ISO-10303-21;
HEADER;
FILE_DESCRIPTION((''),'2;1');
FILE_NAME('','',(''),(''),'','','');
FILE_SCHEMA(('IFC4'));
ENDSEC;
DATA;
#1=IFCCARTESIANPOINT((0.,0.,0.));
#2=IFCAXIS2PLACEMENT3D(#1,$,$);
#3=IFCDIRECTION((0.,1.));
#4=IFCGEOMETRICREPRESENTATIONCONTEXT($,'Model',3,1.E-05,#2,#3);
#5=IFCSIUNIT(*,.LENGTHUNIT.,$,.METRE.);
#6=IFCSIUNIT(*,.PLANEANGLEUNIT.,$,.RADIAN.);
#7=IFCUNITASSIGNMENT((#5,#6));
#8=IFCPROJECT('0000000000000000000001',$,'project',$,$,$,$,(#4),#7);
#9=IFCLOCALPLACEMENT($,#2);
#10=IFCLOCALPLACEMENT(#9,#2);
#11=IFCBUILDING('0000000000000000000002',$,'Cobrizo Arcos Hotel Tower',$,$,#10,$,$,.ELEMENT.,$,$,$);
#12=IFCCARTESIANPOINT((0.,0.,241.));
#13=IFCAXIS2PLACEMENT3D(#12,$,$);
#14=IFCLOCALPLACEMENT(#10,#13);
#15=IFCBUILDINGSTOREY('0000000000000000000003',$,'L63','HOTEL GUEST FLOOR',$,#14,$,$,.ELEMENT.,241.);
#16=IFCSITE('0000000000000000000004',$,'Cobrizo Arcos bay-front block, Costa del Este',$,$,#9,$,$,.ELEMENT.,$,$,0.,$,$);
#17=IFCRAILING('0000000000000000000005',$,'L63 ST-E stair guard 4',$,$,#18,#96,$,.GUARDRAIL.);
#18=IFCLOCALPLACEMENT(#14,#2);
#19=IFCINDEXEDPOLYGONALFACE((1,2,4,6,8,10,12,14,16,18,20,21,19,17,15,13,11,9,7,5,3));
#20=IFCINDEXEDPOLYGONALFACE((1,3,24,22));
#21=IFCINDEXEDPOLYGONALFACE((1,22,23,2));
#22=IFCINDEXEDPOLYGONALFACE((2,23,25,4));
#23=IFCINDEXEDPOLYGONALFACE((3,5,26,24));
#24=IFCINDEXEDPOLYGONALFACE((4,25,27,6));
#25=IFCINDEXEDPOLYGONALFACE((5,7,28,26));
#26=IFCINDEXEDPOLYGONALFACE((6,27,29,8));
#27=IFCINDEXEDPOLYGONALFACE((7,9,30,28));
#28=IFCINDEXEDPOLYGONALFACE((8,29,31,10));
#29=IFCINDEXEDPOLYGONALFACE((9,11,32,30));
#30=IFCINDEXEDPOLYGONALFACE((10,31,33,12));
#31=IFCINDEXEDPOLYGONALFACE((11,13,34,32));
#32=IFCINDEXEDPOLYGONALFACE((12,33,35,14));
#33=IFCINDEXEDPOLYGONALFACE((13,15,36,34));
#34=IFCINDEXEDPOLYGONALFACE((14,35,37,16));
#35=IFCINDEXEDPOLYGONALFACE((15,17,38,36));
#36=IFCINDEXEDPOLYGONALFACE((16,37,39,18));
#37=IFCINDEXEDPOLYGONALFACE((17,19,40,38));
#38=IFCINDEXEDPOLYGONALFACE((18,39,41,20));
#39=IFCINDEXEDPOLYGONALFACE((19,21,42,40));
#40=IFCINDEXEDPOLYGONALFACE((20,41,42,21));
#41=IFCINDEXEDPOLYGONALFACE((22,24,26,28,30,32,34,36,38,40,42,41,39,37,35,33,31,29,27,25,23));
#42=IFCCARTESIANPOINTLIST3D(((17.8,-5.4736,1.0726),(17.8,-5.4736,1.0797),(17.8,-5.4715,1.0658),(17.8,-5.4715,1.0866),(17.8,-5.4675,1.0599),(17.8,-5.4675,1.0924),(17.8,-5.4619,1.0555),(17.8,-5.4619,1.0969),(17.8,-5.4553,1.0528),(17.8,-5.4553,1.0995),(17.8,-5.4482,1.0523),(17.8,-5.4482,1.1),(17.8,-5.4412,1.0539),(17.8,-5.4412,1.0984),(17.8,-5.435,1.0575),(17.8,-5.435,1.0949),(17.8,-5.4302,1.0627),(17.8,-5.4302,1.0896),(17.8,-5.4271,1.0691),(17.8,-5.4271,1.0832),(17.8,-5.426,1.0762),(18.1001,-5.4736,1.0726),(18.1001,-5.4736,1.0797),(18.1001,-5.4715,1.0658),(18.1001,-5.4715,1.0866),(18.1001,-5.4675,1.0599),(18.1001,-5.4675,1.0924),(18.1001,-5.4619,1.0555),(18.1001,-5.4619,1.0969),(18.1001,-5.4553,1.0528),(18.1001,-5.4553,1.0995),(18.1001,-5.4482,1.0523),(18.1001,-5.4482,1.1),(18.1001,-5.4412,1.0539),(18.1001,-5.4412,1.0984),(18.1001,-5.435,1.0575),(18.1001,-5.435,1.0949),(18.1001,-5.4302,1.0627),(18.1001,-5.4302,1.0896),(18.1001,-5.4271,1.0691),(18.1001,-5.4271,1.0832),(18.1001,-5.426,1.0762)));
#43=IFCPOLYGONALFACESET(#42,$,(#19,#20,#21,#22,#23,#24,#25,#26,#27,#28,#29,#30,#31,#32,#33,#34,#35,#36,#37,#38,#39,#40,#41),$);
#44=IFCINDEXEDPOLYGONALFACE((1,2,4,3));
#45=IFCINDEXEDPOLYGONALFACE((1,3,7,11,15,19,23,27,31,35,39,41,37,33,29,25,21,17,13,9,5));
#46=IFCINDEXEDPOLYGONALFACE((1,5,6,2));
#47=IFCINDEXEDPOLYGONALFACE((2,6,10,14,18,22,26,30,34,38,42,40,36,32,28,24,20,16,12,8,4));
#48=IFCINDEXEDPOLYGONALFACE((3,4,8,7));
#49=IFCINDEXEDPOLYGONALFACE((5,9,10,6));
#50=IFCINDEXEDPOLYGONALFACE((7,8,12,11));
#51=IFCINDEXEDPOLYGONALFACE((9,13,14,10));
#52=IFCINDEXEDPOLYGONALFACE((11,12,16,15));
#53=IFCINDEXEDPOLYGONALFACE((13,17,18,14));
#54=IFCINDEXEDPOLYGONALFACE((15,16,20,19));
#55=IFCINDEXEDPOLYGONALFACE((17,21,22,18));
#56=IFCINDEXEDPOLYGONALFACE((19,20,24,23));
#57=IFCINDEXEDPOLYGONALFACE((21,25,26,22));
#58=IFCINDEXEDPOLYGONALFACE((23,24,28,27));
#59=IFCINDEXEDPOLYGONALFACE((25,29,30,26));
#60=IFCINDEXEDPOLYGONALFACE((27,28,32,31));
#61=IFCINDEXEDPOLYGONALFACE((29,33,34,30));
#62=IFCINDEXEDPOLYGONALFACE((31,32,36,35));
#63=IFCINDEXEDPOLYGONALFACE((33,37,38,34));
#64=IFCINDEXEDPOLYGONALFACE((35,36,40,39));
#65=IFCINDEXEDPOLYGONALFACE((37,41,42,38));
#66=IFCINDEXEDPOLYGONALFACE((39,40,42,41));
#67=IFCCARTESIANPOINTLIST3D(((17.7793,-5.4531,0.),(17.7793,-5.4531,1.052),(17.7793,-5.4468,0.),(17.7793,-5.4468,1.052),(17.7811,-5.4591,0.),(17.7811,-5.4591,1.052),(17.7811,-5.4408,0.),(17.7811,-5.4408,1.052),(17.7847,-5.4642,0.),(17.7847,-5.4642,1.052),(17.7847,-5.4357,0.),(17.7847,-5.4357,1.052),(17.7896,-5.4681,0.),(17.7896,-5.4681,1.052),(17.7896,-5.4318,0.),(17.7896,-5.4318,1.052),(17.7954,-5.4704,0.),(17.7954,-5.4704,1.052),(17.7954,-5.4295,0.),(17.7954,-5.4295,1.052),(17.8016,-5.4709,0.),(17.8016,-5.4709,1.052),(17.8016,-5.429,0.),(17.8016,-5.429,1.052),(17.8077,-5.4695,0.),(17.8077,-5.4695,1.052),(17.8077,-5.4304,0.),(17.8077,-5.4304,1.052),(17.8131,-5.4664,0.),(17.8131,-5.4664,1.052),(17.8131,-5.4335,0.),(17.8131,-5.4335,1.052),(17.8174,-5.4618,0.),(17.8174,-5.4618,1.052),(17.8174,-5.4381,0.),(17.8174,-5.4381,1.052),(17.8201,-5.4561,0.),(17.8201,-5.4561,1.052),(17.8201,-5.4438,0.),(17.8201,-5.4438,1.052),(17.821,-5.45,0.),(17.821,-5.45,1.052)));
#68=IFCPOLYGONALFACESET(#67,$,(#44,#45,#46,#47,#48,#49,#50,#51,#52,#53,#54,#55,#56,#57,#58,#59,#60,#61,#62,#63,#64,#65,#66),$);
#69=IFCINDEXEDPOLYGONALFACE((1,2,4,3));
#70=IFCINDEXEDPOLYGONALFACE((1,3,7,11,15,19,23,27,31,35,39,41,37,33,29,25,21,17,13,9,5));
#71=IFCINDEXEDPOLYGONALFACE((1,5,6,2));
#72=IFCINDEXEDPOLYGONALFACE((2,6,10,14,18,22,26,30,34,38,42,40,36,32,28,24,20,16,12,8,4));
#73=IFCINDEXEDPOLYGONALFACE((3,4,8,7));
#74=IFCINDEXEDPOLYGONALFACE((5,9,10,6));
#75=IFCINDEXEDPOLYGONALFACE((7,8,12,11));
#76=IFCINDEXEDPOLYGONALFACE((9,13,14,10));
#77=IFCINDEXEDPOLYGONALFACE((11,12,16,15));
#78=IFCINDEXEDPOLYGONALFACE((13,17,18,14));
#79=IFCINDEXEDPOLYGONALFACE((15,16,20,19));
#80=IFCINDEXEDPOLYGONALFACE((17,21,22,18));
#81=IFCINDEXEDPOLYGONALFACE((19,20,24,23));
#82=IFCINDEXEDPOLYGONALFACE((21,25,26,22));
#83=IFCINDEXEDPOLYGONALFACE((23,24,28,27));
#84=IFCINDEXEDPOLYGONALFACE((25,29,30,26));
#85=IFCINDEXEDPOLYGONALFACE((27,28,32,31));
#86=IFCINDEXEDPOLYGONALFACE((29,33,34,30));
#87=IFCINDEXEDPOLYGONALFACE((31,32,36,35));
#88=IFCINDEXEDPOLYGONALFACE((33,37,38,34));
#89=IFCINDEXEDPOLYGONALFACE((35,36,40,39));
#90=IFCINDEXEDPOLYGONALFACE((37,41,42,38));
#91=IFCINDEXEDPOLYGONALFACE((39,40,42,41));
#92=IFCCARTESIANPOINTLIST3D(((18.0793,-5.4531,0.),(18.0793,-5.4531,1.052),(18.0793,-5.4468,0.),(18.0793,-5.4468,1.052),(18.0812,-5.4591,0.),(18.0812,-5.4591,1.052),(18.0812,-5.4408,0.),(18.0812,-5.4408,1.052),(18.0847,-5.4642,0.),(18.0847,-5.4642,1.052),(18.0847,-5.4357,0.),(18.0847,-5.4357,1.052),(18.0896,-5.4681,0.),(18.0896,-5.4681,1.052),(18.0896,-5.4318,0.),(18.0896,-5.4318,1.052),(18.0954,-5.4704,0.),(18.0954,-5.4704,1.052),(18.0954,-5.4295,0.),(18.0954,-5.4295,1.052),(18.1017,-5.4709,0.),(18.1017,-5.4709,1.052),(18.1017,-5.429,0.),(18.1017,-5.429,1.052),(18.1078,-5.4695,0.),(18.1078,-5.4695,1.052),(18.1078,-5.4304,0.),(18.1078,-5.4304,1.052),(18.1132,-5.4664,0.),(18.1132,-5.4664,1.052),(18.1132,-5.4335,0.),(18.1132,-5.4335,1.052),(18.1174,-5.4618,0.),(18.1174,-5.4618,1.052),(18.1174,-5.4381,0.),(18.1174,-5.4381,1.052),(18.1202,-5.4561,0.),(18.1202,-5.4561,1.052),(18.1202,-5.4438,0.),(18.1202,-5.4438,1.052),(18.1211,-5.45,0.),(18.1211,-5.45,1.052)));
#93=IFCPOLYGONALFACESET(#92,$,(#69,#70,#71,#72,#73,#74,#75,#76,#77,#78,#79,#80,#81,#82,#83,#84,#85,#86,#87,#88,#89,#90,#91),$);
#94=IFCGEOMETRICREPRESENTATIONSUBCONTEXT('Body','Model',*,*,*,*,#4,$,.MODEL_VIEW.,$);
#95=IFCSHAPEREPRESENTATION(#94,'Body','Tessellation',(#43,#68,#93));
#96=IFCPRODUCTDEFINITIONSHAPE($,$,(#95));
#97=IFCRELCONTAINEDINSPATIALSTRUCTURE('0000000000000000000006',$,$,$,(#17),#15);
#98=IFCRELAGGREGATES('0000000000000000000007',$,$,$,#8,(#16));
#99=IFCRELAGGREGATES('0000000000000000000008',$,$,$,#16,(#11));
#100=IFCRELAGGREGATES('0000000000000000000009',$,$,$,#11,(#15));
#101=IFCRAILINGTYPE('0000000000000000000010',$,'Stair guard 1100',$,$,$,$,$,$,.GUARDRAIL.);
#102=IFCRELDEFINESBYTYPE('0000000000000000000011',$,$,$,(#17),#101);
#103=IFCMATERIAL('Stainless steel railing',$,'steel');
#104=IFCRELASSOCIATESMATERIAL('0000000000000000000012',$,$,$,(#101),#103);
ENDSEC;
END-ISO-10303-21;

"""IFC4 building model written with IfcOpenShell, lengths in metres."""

from ifc_helpers import new_model, si_unit, direction, frame, origin, origin_2d, place, context, subcontext, project, spatial, circle, extrude, material, type_object, element, save


model = new_model("IFC4")

# Units and contexts
model_context = context("Model", 3, precision=1e-05, world=origin(), true_north=direction((0.0, 1.0)))
body_context = subcontext(model_context, "Body", "Model", "MODEL_VIEW")
ifc_project = project(units=[si_unit("LENGTHUNIT", "METRE"), si_unit("PLANEANGLEUNIT", "RADIAN")], contexts=[model_context])

# Site, building, storey
site_placement = place(None, origin())
site = spatial("IfcSite", under=ifc_project, at=site_placement, Name="Cobrizo Arcos bay-front block, Costa del Este", CompositionType="ELEMENT", RefElevation=0.0)
building_placement = place(site_placement, origin())
building = spatial("IfcBuilding", under=site, at=building_placement, Name="Cobrizo Arcos Hotel Tower", CompositionType="ELEMENT")
storey_placement = place(building_placement, frame((0.0, 0.0, 241.0)))
storey = spatial("IfcBuildingStorey", under=building, at=storey_placement, Name="L63", Description="HOTEL GUEST FLOOR", CompositionType="ELEMENT", Elevation=241.0)

# Railing
ifc_material_1 = material(Name="Stainless steel railing", Category="steel")
railing_type_1 = type_object("IfcRailingType", Name="Stair guard 1100", PredefinedType="GUARDRAIL", material=ifc_material_1)
railing_1_placement = place(storey_placement, frame((17.8, -5.45, 0.0)))
element("IfcRailing", 1, at=railing_1_placement, inside=storey, type_object=railing_type_1, Name="L63 ST-E stair guard 4", PredefinedType="GUARDRAIL", context=body_context, shape_type="SweptSolid", body=[
    extrude(circle(Radius=0.0239, at=origin_2d()), frame((0.0, 0.0, 1.0762), z_axis=(1.0, 0.0, 0.0), x_axis=(0.0, 1.0, 0.0)), (0.0, 0.0, 1.0), 0.3),
    extrude(circle(Radius=0.021, at=origin_2d()), origin(), (0.0, 0.0, 1.0), 1.052),
    extrude(circle(Radius=0.021, at=origin_2d()), frame((0.3, 0.0, 0.0)), (0.0, 0.0, 1.0), 1.052),
])

save(model, "model.ifc")
